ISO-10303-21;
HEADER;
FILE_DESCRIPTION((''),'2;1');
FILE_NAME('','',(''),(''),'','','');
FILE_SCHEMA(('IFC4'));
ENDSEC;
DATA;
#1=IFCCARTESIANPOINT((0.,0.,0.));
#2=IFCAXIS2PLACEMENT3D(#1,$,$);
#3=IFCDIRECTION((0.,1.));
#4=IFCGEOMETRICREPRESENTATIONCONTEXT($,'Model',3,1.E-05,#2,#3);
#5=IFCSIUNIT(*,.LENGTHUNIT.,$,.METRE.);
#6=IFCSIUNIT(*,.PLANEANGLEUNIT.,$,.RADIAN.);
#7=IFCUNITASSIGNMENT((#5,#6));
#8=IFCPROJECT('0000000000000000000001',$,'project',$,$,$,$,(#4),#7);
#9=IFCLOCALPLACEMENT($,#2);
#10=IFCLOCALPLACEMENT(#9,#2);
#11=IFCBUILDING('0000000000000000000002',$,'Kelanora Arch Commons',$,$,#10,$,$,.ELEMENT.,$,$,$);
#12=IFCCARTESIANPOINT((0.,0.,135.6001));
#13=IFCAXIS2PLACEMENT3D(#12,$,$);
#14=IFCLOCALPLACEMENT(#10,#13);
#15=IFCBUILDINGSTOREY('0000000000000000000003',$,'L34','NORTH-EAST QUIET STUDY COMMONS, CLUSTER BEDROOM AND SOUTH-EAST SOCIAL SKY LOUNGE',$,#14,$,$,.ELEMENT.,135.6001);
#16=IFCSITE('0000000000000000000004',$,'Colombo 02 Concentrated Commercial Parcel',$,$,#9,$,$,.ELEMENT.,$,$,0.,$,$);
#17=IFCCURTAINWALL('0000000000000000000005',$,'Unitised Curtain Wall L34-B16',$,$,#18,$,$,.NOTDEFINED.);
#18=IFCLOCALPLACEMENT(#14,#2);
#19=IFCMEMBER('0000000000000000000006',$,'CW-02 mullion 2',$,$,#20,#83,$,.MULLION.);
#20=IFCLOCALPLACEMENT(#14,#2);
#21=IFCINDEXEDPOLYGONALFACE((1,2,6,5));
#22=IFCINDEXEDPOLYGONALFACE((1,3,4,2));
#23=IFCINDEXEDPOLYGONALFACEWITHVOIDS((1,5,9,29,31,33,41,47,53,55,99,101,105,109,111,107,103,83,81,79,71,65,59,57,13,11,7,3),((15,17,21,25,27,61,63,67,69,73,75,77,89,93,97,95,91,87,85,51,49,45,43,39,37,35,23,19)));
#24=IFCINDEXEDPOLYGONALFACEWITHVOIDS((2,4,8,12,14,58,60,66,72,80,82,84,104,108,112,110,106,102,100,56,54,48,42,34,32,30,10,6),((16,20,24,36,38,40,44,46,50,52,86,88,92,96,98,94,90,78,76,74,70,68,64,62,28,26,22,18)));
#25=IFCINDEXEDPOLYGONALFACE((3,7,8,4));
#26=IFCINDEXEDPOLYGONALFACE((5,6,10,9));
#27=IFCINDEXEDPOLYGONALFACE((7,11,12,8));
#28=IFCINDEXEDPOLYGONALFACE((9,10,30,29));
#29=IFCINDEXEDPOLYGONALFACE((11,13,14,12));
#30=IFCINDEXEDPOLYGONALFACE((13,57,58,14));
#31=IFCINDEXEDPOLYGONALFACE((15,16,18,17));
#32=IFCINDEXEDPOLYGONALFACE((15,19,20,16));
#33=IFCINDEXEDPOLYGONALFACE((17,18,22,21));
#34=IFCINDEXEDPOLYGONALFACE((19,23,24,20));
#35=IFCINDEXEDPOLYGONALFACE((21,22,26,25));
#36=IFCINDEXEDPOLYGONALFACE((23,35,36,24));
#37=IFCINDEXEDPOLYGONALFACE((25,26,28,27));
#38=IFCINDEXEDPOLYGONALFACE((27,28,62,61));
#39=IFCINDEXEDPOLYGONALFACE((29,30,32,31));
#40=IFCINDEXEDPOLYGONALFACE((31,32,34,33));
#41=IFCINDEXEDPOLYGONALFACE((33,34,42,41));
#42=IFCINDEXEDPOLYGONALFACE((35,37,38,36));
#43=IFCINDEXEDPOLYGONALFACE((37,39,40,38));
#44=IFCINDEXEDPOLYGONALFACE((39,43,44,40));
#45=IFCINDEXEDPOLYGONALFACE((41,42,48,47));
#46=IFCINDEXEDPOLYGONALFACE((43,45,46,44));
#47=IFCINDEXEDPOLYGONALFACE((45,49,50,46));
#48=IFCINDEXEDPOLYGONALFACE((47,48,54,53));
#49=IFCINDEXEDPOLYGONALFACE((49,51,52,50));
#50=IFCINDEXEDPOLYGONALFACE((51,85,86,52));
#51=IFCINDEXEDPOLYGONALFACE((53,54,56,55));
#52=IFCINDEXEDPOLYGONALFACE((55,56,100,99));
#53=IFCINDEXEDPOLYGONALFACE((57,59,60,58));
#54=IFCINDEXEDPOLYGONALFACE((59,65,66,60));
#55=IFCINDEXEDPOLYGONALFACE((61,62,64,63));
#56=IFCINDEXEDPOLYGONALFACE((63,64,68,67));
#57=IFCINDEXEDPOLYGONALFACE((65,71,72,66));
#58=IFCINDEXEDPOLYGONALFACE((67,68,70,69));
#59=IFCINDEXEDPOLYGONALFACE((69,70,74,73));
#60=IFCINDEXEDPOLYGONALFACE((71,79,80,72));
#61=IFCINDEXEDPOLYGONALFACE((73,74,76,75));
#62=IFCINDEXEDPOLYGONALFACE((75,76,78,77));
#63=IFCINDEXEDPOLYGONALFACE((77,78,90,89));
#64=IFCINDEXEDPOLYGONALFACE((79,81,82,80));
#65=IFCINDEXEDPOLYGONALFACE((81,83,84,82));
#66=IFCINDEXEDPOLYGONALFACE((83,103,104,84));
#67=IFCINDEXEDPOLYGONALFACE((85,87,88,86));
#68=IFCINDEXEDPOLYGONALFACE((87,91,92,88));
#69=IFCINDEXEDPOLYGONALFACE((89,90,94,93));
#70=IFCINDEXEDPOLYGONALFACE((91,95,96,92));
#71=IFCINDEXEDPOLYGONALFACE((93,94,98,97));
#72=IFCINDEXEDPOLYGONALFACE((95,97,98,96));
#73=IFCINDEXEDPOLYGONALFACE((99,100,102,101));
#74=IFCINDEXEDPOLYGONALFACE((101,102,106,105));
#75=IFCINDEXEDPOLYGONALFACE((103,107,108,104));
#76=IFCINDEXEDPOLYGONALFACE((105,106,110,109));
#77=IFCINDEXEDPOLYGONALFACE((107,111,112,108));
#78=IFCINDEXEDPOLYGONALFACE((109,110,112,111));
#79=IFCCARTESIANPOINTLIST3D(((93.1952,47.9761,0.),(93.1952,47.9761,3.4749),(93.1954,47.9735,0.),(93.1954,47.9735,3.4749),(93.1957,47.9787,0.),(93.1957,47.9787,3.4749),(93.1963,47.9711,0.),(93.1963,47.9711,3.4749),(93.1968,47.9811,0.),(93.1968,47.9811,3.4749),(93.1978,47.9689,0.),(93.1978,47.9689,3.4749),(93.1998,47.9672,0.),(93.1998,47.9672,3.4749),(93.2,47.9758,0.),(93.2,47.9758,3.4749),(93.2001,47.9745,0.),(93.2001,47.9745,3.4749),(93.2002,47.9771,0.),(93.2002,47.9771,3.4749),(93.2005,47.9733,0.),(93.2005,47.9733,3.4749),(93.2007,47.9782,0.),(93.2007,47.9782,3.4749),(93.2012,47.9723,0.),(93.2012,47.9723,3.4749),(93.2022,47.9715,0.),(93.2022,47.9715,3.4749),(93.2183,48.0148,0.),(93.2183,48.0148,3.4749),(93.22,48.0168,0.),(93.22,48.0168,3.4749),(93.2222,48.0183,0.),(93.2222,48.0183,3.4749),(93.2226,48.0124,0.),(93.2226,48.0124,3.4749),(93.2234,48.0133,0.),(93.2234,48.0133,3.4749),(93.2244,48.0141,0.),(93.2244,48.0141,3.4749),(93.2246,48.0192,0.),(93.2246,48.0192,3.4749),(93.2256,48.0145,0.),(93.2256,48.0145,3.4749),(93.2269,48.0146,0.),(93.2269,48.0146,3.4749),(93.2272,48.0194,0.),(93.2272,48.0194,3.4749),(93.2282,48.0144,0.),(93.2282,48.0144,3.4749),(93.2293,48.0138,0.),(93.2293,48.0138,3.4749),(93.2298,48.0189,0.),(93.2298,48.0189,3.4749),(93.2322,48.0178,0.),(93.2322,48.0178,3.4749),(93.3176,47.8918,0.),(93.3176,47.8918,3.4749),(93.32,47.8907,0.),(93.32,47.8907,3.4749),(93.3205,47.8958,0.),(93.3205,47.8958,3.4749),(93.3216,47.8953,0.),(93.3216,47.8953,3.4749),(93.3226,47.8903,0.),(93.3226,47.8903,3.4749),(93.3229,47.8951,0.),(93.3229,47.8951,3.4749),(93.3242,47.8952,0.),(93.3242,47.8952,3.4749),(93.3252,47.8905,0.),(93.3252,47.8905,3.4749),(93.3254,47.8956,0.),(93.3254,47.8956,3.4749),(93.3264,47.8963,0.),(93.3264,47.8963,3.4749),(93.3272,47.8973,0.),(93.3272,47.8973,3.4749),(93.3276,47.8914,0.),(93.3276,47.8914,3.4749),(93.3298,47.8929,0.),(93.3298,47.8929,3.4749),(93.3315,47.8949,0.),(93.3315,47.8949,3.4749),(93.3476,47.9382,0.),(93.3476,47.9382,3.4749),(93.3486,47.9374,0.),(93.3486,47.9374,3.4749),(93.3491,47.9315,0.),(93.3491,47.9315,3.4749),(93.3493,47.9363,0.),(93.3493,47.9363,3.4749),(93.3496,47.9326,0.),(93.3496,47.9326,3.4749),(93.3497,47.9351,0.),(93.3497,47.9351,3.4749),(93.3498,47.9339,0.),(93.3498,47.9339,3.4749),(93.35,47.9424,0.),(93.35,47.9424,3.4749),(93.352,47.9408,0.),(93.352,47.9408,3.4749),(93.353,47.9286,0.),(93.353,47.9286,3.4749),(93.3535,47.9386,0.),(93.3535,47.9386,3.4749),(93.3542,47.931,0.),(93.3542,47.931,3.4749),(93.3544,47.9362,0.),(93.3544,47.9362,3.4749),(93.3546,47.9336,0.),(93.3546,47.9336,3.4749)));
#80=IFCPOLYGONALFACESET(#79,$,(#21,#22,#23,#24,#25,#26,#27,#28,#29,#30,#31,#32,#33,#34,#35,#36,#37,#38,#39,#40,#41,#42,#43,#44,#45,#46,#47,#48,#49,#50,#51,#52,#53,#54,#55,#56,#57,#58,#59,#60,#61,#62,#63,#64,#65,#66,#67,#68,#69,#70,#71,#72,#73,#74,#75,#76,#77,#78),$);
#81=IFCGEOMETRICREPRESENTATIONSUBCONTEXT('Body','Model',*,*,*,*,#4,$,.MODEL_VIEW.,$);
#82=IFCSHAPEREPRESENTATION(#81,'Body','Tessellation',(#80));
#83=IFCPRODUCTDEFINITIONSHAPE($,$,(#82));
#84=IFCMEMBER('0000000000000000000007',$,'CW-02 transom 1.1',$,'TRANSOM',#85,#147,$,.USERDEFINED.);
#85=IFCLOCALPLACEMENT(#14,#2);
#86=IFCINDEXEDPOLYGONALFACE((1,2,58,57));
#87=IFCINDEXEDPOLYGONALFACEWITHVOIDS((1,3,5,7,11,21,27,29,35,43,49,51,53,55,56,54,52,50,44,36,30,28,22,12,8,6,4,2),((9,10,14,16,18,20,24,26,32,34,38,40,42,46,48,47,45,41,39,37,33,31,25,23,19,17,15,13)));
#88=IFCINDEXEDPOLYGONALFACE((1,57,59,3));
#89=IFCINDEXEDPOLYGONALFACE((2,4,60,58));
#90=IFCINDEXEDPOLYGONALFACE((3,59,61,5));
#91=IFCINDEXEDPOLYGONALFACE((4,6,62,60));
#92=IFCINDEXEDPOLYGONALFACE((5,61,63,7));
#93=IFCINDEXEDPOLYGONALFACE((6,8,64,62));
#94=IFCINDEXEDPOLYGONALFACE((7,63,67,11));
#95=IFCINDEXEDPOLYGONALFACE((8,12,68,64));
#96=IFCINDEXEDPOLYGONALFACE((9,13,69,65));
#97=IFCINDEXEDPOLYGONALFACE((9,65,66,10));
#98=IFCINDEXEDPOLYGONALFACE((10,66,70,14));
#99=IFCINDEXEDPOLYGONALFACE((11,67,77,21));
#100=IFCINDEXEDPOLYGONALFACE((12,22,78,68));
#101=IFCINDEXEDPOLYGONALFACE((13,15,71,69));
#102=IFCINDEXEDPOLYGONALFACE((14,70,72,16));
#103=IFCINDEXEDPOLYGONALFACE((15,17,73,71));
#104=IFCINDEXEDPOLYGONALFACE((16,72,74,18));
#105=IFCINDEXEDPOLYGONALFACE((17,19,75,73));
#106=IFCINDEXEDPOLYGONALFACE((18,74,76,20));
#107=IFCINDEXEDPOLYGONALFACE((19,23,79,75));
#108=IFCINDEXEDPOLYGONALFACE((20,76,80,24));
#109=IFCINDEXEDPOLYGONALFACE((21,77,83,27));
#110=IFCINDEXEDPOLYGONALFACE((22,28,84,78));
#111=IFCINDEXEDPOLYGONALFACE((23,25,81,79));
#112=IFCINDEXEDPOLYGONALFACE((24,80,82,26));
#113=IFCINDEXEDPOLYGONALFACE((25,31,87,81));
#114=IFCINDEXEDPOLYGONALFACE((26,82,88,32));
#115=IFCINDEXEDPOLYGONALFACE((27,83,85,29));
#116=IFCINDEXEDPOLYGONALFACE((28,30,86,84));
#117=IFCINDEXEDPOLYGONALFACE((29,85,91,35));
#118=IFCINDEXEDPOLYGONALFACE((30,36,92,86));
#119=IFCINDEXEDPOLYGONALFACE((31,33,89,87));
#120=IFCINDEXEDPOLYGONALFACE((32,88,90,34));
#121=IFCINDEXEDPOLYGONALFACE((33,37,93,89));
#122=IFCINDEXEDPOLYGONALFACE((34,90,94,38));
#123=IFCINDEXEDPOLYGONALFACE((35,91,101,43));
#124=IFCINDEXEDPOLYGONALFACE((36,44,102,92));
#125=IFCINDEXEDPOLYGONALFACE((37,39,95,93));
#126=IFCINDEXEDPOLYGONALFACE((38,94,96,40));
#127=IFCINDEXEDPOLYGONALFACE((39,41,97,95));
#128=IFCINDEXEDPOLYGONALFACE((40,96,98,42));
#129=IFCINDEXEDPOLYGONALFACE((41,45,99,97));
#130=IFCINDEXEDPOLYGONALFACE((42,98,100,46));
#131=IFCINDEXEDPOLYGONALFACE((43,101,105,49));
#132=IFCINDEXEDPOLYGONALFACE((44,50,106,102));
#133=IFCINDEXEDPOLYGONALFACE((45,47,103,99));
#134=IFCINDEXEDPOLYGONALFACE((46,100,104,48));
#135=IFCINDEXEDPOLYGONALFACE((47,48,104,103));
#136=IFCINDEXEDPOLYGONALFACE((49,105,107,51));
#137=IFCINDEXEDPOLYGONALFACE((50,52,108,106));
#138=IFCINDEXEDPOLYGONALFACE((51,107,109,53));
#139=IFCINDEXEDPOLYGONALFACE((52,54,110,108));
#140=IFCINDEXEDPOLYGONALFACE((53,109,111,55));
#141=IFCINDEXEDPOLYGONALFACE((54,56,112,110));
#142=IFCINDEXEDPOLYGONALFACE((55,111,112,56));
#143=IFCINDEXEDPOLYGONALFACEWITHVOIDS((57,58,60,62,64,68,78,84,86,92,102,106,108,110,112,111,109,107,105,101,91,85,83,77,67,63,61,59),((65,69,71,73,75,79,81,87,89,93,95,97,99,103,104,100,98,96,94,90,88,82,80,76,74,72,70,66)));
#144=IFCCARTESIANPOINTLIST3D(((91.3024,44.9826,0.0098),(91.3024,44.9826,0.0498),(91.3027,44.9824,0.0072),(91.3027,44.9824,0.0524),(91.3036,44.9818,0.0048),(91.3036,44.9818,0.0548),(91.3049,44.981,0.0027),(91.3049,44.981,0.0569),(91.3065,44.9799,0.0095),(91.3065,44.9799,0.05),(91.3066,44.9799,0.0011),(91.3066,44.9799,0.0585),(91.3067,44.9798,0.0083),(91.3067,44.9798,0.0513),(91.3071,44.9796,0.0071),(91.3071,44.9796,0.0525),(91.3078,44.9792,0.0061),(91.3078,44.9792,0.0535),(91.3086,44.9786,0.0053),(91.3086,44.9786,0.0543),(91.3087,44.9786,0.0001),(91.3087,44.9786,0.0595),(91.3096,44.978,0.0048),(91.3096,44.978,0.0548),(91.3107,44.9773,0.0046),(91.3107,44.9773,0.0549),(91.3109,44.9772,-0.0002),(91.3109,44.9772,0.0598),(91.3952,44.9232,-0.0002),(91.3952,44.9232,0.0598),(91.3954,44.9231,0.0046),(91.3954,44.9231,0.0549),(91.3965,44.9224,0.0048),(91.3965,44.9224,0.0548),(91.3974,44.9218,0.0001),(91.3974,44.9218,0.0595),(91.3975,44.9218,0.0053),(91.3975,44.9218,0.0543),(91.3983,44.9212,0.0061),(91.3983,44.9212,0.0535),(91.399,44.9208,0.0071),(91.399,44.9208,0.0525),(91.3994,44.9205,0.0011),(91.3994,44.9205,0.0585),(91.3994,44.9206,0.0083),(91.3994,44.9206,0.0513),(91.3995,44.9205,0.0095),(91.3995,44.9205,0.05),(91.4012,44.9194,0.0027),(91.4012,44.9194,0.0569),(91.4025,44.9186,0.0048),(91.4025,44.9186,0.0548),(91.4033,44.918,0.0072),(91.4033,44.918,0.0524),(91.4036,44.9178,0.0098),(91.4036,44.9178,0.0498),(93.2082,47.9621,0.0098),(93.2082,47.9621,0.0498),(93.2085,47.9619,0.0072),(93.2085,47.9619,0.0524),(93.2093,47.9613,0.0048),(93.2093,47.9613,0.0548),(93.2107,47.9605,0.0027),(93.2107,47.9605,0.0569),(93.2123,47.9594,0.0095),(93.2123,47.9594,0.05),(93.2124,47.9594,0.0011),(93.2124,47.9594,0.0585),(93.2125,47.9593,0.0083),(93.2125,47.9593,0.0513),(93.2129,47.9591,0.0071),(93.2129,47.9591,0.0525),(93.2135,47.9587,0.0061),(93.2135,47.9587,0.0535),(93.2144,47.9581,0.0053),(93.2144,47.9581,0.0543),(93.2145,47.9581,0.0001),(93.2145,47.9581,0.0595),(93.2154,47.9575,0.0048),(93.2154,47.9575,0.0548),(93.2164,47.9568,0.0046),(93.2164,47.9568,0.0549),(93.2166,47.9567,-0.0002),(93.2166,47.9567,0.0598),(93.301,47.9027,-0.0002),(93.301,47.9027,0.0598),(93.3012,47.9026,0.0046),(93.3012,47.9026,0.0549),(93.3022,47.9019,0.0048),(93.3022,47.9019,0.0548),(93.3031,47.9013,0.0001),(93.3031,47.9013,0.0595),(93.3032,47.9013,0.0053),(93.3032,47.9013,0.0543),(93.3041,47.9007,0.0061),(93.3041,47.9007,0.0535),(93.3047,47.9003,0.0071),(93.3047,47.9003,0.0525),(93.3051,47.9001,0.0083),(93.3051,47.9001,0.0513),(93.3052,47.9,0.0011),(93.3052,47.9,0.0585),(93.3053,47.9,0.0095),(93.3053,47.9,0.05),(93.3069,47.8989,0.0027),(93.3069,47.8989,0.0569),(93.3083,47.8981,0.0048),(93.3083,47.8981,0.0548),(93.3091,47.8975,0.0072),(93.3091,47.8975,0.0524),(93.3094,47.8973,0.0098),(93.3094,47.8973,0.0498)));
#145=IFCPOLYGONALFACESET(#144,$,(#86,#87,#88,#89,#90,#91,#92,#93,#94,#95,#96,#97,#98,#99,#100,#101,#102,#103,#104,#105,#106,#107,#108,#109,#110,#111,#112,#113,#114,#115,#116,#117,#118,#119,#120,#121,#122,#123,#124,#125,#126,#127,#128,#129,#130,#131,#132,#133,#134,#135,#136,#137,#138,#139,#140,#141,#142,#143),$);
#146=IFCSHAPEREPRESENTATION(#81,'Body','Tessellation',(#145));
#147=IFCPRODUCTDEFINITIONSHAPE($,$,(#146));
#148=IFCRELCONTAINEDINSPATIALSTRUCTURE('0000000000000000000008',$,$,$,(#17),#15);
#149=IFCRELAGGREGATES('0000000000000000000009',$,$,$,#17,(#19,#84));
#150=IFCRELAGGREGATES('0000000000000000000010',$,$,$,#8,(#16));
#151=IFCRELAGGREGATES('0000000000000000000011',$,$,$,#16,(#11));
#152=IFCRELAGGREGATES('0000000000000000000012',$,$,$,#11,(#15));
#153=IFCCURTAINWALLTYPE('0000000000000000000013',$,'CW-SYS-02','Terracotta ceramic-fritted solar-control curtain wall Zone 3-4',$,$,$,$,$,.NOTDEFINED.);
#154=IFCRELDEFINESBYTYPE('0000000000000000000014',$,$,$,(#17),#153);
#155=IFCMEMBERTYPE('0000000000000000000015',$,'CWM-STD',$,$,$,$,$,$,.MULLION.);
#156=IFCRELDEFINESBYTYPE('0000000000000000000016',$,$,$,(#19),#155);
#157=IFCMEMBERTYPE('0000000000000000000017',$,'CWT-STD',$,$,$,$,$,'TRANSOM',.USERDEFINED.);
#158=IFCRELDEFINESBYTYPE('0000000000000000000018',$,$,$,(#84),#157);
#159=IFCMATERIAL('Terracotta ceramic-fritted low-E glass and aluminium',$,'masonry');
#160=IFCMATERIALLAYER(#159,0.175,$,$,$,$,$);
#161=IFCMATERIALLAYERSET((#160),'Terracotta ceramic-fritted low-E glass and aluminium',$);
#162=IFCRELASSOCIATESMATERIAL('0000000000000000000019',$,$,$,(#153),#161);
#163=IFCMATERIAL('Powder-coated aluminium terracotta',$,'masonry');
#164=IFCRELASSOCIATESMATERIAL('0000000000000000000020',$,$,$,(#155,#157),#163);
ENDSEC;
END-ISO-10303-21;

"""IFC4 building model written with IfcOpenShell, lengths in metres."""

from ifc_helpers import new_model, si_unit, direction, frame, origin, origin_2d, place, context, subcontext, project, spatial, hollow_rectangle, extrude, material, layer, layer_set, material_profile, profile_set, type_object, element, aggregate, save


model = new_model("IFC4")

# Units and contexts
model_context = context("Model", 3, precision=1e-05, world=origin(), true_north=direction((0.0, 1.0)))
body_context = subcontext(model_context, "Body", "Model", "MODEL_VIEW")
ifc_project = project(units=[si_unit("LENGTHUNIT", "METRE"), si_unit("PLANEANGLEUNIT", "RADIAN")], contexts=[model_context])

# Site, building, storey
site_placement = place(None, origin())
site = spatial("IfcSite", under=ifc_project, at=site_placement, Name="Colombo 02 Concentrated Commercial Parcel", CompositionType="ELEMENT", RefElevation=0.0)
building_placement = place(site_placement, origin())
building = spatial("IfcBuilding", under=site, at=building_placement, Name="Kelanora Arch Commons", CompositionType="ELEMENT")
storey_placement = place(building_placement, frame((0.0, 0.0, 135.6001)))
storey = spatial("IfcBuildingStorey", under=building, at=storey_placement, Name="L34", Description="NORTH-EAST QUIET STUDY COMMONS, CLUSTER BEDROOM AND SOUTH-EAST SOCIAL SKY LOUNGE", CompositionType="ELEMENT", Elevation=135.6001)

# Shared definitions
ifc_material_1 = material(Name="Terracotta ceramic-fritted low-E glass and aluminium", Category="masonry")
ifc_layer_1 = layer(ifc_material_1, 0.175)
ifc_layer_set_1 = layer_set([ifc_layer_1], Name="Terracotta ceramic-fritted low-E glass and aluminium")
curtain_wall_type = type_object("IfcCurtainWallType", Name="CW-SYS-02", Description="Terracotta ceramic-fritted solar-control curtain wall Zone 3-4", PredefinedType="NOTDEFINED", material=ifc_layer_set_1)
ifc_material_2 = material(Name="Powder-coated aluminium terracotta", Category="masonry")
ifc_material_profile_1 = material_profile(ifc_material_2, hollow_rectangle(XDim=0.1599, YDim=0.0601, WallThickness=0.0049, InnerFilletRadius=0.0049, OuterFilletRadius=0.01, at=origin_2d()), Name="CWM160x60")
ifc_profile_set_1 = profile_set([ifc_material_profile_1], Name="Powder-coated aluminium terracotta")
member_type_1 = type_object("IfcMemberType", Name="CWM-STD", PredefinedType="MULLION", material=ifc_profile_set_1)

# Curtain wall, members
curtain_wall_1_placement = place(storey_placement, origin())
curtain_wall_1 = element("IfcCurtainWall", 1, at=curtain_wall_1_placement, inside=storey, type_object=curtain_wall_type, Name="Unitised Curtain Wall L34-B16", PredefinedType="NOTDEFINED")
member_1_placement = place(storey_placement, frame((93.2749, 47.9548, 0.0), z_axis=(0.0, 0.0, 1.0), x_axis=(-0.842423, 0.538817, 0.0)))
member_1 = element("IfcMember", 2, at=member_1_placement, type_object=member_type_1, Name="CW-02 mullion 2", PredefinedType="MULLION", context=body_context, shape_type="SweptSolid", body=[
    extrude(hollow_rectangle(XDim=0.1599, YDim=0.0601, WallThickness=0.0049, InnerFilletRadius=0.0049, OuterFilletRadius=0.01, at=origin_2d()), origin(), (0.0, 0.0, 1.0), 3.4749),
])
ifc_material_profile_2 = material_profile(ifc_material_2, hollow_rectangle(XDim=0.1201, YDim=0.0601, WallThickness=0.0049, InnerFilletRadius=0.0049, OuterFilletRadius=0.01, at=origin_2d()), Name="CWT120x60")
ifc_profile_set_2 = profile_set([ifc_material_profile_2], Name="Powder-coated aluminium terracotta")
member_type_2 = type_object("IfcMemberType", Name="CWT-STD", ElementType="TRANSOM", PredefinedType="USERDEFINED", material=ifc_profile_set_2)
member_2_placement = place(storey_placement, frame((91.353, 44.9502, 0.0298), z_axis=(0.53883, 0.842414, 0.0), x_axis=(-0.842414, 0.53883, 0.0)))
member_2 = element("IfcMember", 3, at=member_2_placement, type_object=member_type_2, Name="CW-02 transom 1.1", ObjectType="TRANSOM", PredefinedType="USERDEFINED", context=body_context, shape_type="SweptSolid", body=[
    extrude(hollow_rectangle(XDim=0.1201, YDim=0.0601, WallThickness=0.0049, InnerFilletRadius=0.0049, OuterFilletRadius=0.01, at=origin_2d()), origin(), (0.0, 0.0, 1.0), 3.5369),
])

aggregate(curtain_wall_1, [member_1, member_2])

save(model, "model.ifc")
